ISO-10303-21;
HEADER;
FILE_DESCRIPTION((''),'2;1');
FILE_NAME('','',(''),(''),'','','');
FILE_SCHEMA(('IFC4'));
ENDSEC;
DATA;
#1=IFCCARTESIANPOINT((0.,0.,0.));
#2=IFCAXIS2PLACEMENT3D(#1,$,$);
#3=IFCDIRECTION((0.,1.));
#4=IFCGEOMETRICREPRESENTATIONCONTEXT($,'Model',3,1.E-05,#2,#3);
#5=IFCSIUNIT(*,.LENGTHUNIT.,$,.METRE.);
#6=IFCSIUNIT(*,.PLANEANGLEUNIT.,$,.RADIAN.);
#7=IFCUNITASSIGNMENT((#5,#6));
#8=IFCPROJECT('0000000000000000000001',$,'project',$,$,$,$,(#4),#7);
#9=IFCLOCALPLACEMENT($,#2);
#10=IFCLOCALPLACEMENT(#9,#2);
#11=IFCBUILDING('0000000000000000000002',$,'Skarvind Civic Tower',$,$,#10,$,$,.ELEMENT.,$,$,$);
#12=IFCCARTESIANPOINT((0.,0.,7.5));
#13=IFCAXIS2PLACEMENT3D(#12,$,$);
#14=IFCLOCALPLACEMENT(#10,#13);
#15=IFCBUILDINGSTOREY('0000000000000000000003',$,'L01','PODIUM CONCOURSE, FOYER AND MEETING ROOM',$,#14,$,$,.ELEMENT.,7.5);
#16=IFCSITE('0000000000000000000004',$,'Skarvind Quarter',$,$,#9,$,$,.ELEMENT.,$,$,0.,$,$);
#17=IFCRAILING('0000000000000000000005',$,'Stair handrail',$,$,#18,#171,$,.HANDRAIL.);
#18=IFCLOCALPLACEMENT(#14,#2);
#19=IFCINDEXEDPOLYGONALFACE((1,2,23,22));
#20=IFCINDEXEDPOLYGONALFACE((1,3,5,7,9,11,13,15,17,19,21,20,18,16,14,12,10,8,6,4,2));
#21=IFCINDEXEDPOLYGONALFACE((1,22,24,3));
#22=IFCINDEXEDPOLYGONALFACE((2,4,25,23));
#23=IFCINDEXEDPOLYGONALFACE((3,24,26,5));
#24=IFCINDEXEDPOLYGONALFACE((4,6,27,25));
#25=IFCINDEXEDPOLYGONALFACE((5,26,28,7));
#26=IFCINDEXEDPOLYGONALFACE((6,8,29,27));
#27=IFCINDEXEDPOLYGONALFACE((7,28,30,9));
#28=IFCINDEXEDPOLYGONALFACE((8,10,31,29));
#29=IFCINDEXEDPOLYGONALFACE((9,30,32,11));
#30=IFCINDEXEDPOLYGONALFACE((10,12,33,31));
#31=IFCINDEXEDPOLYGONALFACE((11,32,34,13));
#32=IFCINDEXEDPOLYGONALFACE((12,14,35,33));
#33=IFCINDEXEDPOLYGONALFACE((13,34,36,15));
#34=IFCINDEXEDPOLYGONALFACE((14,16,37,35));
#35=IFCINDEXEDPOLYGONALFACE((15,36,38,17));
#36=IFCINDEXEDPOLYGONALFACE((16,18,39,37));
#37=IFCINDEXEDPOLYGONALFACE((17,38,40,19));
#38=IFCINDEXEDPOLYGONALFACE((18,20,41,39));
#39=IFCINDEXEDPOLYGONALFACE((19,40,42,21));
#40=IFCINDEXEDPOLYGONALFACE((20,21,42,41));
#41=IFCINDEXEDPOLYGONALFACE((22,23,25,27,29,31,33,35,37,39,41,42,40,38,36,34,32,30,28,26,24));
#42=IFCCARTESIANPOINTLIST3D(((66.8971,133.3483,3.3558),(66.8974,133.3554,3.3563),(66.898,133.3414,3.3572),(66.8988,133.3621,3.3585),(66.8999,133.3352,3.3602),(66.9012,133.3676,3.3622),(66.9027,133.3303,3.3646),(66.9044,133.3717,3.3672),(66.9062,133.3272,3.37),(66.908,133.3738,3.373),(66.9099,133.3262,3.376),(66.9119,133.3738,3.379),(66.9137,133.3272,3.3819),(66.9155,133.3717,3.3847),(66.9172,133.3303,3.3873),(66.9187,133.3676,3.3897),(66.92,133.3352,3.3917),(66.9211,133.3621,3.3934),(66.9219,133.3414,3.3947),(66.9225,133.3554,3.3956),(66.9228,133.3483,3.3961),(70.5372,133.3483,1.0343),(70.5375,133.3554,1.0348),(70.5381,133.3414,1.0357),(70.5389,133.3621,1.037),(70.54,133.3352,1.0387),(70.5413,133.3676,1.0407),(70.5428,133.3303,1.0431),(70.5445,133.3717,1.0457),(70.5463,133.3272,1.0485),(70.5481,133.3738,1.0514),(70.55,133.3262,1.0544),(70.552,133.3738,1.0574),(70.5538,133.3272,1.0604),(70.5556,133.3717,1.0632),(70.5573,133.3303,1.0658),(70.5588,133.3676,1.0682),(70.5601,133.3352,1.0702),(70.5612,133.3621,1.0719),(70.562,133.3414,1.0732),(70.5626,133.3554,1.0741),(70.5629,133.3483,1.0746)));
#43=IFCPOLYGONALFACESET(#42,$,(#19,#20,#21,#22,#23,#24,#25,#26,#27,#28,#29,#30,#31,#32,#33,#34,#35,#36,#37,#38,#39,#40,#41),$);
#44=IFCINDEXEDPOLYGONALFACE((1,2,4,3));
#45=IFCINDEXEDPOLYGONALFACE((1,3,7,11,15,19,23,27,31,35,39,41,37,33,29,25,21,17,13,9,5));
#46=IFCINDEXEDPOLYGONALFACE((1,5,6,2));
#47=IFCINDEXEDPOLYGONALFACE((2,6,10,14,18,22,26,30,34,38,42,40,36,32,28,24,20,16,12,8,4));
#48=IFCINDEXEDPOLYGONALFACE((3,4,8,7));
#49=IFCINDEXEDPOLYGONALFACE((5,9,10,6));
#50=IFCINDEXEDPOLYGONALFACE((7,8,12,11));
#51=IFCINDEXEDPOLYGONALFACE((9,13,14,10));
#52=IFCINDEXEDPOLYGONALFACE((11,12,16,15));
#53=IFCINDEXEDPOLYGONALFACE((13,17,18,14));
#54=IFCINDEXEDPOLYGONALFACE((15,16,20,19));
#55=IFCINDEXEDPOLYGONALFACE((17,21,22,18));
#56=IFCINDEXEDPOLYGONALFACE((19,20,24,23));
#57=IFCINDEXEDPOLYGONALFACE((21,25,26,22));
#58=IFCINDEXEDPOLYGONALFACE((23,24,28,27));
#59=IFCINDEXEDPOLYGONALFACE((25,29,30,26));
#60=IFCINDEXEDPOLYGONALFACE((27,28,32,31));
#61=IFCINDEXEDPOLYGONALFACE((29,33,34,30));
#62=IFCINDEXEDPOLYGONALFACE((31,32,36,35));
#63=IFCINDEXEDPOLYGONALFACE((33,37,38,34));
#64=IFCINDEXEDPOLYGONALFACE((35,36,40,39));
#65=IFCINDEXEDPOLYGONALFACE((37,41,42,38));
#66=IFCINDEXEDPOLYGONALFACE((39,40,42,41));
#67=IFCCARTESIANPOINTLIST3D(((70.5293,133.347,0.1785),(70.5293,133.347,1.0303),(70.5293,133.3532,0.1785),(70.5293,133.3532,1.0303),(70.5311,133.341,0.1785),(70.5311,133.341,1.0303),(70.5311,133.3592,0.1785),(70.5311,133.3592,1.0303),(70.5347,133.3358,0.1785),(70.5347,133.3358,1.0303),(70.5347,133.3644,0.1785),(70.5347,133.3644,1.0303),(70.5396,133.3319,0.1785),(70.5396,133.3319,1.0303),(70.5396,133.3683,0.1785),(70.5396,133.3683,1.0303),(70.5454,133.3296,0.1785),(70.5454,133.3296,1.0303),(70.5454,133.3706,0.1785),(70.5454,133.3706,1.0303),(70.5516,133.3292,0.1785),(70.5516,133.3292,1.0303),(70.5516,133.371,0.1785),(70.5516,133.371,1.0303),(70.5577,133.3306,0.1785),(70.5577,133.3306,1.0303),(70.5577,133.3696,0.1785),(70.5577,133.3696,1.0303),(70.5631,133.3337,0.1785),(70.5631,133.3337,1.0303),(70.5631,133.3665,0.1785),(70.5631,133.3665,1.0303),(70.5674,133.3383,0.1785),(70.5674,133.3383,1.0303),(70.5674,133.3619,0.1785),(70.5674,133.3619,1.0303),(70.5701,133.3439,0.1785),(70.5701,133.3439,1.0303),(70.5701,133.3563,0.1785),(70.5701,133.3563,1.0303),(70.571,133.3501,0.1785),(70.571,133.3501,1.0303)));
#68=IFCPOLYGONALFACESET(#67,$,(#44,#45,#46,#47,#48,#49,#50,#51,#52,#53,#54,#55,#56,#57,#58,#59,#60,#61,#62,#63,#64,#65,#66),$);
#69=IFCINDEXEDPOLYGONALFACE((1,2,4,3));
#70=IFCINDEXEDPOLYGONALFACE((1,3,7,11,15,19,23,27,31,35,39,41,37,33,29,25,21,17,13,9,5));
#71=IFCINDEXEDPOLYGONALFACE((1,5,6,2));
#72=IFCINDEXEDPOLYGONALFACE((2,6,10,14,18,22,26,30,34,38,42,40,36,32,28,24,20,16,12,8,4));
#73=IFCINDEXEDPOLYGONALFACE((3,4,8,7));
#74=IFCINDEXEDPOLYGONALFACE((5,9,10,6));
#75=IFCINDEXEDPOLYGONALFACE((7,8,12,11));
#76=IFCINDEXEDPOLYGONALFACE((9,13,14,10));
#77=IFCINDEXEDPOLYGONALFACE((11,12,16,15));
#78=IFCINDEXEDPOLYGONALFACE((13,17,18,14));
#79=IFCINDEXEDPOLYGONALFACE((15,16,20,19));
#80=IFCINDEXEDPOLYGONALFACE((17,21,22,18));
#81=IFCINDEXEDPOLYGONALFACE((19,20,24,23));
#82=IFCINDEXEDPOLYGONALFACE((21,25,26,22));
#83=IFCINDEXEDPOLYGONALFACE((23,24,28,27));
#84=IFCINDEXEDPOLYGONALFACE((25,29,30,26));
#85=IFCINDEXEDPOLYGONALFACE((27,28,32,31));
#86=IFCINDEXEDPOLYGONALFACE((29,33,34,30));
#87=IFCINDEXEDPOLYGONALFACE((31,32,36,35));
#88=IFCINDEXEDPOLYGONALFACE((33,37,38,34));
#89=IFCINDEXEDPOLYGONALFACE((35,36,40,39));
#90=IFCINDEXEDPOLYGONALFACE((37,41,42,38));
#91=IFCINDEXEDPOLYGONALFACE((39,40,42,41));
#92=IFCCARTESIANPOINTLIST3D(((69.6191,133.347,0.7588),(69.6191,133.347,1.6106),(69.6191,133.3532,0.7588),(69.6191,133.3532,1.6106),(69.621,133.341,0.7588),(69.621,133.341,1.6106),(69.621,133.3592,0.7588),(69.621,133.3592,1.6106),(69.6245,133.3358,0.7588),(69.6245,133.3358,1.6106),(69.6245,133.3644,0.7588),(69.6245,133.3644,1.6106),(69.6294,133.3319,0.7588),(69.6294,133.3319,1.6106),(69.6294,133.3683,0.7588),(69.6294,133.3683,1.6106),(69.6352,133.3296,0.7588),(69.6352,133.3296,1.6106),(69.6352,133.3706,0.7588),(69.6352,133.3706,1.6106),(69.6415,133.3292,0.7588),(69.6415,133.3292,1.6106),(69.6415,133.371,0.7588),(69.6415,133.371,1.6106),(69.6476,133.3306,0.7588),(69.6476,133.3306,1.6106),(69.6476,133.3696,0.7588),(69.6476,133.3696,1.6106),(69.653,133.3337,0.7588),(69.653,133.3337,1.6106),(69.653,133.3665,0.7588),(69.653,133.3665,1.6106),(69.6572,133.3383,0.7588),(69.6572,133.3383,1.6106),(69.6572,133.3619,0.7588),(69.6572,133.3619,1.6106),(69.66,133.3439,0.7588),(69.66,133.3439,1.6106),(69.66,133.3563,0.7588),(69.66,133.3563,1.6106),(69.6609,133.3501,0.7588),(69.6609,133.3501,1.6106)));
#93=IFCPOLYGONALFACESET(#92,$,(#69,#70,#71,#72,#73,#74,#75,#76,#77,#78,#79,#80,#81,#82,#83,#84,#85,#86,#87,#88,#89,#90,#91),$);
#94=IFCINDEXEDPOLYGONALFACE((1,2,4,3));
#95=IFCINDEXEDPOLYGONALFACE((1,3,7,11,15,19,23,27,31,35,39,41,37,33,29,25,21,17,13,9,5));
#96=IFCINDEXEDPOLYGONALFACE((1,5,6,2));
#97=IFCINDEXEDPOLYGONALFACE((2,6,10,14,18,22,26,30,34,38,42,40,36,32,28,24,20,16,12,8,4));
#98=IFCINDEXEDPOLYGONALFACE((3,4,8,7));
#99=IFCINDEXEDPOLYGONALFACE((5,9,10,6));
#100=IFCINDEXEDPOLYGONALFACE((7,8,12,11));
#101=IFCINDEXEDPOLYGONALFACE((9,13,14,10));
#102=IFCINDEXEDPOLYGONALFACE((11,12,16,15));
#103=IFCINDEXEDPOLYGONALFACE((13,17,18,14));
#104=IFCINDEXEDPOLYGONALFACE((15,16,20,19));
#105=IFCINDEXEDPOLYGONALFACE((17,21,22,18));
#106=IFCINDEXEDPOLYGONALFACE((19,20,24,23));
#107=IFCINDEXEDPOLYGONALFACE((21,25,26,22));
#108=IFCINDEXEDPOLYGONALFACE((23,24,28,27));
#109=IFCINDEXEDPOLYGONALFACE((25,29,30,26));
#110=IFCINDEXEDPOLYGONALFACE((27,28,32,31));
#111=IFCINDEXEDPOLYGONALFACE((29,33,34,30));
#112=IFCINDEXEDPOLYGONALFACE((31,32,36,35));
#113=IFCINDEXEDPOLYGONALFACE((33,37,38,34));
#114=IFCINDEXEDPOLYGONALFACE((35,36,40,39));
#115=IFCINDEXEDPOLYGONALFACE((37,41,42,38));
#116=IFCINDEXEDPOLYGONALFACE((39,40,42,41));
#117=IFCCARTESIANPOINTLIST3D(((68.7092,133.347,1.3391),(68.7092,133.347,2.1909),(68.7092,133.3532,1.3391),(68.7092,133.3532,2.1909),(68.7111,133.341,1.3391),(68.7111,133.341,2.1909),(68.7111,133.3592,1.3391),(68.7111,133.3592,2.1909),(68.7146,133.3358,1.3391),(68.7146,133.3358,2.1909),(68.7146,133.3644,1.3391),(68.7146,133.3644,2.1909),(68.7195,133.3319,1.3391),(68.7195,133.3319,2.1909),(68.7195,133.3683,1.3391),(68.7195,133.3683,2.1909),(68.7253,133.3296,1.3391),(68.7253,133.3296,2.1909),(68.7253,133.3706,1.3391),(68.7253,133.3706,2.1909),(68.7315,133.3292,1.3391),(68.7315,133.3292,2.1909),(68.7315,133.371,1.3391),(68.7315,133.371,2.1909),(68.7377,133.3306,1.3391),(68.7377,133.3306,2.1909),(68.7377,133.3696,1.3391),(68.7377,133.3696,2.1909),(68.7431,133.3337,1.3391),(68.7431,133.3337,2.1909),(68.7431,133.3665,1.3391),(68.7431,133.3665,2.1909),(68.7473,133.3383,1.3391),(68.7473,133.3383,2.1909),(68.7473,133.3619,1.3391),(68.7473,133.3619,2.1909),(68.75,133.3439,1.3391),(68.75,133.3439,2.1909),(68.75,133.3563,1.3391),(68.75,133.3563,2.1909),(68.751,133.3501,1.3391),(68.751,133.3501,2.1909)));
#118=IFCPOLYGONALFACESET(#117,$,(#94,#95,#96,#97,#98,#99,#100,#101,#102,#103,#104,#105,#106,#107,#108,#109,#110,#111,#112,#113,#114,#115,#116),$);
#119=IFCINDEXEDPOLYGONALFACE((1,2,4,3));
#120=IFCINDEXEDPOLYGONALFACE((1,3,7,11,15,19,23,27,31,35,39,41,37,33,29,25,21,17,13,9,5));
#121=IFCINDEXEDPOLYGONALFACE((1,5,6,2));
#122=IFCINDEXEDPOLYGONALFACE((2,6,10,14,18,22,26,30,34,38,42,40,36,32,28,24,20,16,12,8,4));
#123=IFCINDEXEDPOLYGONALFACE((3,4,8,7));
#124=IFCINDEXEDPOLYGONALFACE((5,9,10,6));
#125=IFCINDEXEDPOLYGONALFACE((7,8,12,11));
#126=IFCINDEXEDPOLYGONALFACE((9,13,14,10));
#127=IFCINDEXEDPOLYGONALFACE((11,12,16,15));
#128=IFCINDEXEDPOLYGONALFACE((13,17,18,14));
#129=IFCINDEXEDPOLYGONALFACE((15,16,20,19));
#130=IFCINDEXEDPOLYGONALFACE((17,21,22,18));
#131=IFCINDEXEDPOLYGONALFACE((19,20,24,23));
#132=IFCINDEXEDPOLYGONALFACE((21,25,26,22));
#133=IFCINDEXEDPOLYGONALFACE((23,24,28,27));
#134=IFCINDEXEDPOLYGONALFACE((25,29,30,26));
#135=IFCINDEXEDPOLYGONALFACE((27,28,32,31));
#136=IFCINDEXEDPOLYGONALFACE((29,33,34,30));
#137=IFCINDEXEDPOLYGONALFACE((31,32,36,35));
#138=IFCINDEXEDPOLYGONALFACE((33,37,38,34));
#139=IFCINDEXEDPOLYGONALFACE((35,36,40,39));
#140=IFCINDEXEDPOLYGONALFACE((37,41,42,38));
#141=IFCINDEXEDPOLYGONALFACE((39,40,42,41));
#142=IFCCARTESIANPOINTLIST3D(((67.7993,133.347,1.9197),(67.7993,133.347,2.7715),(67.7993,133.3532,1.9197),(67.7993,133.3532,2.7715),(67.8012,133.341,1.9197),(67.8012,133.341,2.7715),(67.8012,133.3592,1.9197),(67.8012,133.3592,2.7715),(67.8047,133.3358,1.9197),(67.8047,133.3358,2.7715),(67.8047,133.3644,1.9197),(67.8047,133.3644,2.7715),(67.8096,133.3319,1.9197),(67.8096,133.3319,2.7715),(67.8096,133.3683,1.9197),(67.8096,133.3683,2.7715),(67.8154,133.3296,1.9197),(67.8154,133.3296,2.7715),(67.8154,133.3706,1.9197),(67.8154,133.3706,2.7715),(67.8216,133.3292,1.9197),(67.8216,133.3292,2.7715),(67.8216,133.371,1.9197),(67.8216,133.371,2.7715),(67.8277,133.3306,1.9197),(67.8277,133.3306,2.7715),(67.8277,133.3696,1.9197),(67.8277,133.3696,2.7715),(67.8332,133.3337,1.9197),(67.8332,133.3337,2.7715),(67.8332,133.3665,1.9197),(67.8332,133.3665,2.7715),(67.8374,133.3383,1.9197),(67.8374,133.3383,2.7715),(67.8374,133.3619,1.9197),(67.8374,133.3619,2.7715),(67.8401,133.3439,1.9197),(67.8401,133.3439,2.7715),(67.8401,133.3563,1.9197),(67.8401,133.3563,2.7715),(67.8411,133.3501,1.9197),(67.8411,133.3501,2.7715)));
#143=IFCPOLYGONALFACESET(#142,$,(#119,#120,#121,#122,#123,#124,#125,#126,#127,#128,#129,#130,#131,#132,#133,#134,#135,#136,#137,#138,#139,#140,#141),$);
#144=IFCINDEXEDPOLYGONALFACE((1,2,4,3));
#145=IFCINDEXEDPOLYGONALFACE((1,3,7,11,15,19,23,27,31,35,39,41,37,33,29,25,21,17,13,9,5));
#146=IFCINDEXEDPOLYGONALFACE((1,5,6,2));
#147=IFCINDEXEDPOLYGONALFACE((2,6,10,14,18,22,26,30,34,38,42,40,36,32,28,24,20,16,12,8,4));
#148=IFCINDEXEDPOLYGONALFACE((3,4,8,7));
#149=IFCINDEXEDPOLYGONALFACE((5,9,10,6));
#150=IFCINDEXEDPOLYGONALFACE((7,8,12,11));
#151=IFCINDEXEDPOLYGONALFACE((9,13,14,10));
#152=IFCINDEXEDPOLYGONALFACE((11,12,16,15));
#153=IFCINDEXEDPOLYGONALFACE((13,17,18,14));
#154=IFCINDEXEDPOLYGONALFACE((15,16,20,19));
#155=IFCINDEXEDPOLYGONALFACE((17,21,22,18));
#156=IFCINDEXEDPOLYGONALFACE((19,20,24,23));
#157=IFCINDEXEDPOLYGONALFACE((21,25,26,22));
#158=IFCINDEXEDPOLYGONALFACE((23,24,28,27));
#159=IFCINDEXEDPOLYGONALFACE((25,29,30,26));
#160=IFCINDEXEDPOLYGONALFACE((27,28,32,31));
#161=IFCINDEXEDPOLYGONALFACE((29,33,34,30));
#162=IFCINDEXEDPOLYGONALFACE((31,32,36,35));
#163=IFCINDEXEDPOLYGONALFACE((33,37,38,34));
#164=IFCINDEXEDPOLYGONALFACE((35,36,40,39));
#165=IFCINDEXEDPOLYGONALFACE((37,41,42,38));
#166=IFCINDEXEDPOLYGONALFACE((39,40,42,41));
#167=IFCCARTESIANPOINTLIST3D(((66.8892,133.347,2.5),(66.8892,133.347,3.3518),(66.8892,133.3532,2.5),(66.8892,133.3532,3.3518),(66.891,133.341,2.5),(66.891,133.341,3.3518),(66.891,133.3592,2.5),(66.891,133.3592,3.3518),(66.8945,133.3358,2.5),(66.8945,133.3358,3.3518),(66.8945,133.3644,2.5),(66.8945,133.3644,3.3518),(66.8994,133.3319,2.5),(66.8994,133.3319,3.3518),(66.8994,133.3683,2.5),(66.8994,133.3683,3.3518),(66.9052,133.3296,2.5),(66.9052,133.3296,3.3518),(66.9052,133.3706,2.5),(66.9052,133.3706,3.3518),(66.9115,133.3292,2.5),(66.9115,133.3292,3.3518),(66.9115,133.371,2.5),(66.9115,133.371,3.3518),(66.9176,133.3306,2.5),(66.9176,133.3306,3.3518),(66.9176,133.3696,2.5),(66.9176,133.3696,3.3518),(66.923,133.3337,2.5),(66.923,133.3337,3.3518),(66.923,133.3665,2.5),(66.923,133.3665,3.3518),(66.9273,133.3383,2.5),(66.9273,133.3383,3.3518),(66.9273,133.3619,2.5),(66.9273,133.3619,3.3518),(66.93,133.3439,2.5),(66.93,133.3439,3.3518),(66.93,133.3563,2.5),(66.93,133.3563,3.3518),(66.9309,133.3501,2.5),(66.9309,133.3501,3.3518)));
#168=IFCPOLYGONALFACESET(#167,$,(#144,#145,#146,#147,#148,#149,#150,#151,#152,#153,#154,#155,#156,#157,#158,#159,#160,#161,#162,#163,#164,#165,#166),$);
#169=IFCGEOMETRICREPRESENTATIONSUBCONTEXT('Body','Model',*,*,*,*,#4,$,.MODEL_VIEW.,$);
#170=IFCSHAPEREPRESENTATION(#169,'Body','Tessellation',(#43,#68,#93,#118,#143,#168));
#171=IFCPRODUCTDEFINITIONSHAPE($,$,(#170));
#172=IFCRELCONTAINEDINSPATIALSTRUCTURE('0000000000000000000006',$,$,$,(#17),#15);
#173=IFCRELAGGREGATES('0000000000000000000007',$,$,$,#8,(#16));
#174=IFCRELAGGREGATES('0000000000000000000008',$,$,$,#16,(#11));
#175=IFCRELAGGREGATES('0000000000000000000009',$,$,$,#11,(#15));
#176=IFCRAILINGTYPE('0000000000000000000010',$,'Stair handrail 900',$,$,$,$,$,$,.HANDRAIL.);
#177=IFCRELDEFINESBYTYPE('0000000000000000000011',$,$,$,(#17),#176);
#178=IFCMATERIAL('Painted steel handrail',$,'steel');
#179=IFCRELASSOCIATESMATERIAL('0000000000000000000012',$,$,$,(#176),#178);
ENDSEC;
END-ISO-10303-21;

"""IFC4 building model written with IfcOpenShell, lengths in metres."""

from ifc_helpers import new_model, si_unit, direction, frame, origin, origin_2d, place, context, subcontext, project, spatial, circle, extrude, material, type_object, element, save


model = new_model("IFC4")

# Units and contexts
model_context = context("Model", 3, precision=1e-05, world=origin(), true_north=direction((0.0, 1.0)))
body_context = subcontext(model_context, "Body", "Model", "MODEL_VIEW")
ifc_project = project(units=[si_unit("LENGTHUNIT", "METRE"), si_unit("PLANEANGLEUNIT", "RADIAN")], contexts=[model_context])

# Site, building, storey
site_placement = place(None, origin())
site = spatial("IfcSite", under=ifc_project, at=site_placement, Name="Skarvind Quarter", CompositionType="ELEMENT", RefElevation=0.0)
building_placement = place(site_placement, origin())
building = spatial("IfcBuilding", under=site, at=building_placement, Name="Skarvind Civic Tower", CompositionType="ELEMENT")
storey_placement = place(building_placement, frame((0.0, 0.0, 7.5)))
storey = spatial("IfcBuildingStorey", under=building, at=storey_placement, Name="L01", Description="PODIUM CONCOURSE, FOYER AND MEETING ROOM", CompositionType="ELEMENT", Elevation=7.5)

# Railing
ifc_material_1 = material(Name="Painted steel handrail", Category="steel")
railing_type = type_object("IfcRailingType", Name="Stair handrail 900", PredefinedType="HANDRAIL", material=ifc_material_1)
railing_1_placement = place(storey_placement, frame((70.55, 133.3501, 0.1785)))
element("IfcRailing", 1, at=railing_1_placement, inside=storey, type_object=railing_type, Name="Stair handrail", PredefinedType="HANDRAIL", context=body_context, shape_type="SweptSolid", body=[
    extrude(circle(Radius=0.0239, at=origin_2d()), frame((0.0, 0.0, 0.876), z_axis=(-0.843128, 0.0, 0.537713), x_axis=(0.0, -1.0, 0.0)), (0.0, 0.0, 1.0), 4.3174),
    extrude(circle(Radius=0.021, at=origin_2d()), origin(), (0.0, 0.0, 1.0), 0.8518),
    extrude(circle(Radius=0.021, at=origin_2d()), frame((-0.9102, 0.0, 0.5803)), (0.0, 0.0, 1.0), 0.8518),
    extrude(circle(Radius=0.021, at=origin_2d()), frame((-1.8201, 0.0, 1.1606)), (0.0, 0.0, 1.0), 0.8518),
    extrude(circle(Radius=0.021, at=origin_2d()), frame((-2.73, 0.0, 1.7412)), (0.0, 0.0, 1.0), 0.8518),
    extrude(circle(Radius=0.021, at=origin_2d()), frame((-3.6401, 0.0, 2.3215)), (0.0, 0.0, 1.0), 0.8518),
])

save(model, "model.ifc")
